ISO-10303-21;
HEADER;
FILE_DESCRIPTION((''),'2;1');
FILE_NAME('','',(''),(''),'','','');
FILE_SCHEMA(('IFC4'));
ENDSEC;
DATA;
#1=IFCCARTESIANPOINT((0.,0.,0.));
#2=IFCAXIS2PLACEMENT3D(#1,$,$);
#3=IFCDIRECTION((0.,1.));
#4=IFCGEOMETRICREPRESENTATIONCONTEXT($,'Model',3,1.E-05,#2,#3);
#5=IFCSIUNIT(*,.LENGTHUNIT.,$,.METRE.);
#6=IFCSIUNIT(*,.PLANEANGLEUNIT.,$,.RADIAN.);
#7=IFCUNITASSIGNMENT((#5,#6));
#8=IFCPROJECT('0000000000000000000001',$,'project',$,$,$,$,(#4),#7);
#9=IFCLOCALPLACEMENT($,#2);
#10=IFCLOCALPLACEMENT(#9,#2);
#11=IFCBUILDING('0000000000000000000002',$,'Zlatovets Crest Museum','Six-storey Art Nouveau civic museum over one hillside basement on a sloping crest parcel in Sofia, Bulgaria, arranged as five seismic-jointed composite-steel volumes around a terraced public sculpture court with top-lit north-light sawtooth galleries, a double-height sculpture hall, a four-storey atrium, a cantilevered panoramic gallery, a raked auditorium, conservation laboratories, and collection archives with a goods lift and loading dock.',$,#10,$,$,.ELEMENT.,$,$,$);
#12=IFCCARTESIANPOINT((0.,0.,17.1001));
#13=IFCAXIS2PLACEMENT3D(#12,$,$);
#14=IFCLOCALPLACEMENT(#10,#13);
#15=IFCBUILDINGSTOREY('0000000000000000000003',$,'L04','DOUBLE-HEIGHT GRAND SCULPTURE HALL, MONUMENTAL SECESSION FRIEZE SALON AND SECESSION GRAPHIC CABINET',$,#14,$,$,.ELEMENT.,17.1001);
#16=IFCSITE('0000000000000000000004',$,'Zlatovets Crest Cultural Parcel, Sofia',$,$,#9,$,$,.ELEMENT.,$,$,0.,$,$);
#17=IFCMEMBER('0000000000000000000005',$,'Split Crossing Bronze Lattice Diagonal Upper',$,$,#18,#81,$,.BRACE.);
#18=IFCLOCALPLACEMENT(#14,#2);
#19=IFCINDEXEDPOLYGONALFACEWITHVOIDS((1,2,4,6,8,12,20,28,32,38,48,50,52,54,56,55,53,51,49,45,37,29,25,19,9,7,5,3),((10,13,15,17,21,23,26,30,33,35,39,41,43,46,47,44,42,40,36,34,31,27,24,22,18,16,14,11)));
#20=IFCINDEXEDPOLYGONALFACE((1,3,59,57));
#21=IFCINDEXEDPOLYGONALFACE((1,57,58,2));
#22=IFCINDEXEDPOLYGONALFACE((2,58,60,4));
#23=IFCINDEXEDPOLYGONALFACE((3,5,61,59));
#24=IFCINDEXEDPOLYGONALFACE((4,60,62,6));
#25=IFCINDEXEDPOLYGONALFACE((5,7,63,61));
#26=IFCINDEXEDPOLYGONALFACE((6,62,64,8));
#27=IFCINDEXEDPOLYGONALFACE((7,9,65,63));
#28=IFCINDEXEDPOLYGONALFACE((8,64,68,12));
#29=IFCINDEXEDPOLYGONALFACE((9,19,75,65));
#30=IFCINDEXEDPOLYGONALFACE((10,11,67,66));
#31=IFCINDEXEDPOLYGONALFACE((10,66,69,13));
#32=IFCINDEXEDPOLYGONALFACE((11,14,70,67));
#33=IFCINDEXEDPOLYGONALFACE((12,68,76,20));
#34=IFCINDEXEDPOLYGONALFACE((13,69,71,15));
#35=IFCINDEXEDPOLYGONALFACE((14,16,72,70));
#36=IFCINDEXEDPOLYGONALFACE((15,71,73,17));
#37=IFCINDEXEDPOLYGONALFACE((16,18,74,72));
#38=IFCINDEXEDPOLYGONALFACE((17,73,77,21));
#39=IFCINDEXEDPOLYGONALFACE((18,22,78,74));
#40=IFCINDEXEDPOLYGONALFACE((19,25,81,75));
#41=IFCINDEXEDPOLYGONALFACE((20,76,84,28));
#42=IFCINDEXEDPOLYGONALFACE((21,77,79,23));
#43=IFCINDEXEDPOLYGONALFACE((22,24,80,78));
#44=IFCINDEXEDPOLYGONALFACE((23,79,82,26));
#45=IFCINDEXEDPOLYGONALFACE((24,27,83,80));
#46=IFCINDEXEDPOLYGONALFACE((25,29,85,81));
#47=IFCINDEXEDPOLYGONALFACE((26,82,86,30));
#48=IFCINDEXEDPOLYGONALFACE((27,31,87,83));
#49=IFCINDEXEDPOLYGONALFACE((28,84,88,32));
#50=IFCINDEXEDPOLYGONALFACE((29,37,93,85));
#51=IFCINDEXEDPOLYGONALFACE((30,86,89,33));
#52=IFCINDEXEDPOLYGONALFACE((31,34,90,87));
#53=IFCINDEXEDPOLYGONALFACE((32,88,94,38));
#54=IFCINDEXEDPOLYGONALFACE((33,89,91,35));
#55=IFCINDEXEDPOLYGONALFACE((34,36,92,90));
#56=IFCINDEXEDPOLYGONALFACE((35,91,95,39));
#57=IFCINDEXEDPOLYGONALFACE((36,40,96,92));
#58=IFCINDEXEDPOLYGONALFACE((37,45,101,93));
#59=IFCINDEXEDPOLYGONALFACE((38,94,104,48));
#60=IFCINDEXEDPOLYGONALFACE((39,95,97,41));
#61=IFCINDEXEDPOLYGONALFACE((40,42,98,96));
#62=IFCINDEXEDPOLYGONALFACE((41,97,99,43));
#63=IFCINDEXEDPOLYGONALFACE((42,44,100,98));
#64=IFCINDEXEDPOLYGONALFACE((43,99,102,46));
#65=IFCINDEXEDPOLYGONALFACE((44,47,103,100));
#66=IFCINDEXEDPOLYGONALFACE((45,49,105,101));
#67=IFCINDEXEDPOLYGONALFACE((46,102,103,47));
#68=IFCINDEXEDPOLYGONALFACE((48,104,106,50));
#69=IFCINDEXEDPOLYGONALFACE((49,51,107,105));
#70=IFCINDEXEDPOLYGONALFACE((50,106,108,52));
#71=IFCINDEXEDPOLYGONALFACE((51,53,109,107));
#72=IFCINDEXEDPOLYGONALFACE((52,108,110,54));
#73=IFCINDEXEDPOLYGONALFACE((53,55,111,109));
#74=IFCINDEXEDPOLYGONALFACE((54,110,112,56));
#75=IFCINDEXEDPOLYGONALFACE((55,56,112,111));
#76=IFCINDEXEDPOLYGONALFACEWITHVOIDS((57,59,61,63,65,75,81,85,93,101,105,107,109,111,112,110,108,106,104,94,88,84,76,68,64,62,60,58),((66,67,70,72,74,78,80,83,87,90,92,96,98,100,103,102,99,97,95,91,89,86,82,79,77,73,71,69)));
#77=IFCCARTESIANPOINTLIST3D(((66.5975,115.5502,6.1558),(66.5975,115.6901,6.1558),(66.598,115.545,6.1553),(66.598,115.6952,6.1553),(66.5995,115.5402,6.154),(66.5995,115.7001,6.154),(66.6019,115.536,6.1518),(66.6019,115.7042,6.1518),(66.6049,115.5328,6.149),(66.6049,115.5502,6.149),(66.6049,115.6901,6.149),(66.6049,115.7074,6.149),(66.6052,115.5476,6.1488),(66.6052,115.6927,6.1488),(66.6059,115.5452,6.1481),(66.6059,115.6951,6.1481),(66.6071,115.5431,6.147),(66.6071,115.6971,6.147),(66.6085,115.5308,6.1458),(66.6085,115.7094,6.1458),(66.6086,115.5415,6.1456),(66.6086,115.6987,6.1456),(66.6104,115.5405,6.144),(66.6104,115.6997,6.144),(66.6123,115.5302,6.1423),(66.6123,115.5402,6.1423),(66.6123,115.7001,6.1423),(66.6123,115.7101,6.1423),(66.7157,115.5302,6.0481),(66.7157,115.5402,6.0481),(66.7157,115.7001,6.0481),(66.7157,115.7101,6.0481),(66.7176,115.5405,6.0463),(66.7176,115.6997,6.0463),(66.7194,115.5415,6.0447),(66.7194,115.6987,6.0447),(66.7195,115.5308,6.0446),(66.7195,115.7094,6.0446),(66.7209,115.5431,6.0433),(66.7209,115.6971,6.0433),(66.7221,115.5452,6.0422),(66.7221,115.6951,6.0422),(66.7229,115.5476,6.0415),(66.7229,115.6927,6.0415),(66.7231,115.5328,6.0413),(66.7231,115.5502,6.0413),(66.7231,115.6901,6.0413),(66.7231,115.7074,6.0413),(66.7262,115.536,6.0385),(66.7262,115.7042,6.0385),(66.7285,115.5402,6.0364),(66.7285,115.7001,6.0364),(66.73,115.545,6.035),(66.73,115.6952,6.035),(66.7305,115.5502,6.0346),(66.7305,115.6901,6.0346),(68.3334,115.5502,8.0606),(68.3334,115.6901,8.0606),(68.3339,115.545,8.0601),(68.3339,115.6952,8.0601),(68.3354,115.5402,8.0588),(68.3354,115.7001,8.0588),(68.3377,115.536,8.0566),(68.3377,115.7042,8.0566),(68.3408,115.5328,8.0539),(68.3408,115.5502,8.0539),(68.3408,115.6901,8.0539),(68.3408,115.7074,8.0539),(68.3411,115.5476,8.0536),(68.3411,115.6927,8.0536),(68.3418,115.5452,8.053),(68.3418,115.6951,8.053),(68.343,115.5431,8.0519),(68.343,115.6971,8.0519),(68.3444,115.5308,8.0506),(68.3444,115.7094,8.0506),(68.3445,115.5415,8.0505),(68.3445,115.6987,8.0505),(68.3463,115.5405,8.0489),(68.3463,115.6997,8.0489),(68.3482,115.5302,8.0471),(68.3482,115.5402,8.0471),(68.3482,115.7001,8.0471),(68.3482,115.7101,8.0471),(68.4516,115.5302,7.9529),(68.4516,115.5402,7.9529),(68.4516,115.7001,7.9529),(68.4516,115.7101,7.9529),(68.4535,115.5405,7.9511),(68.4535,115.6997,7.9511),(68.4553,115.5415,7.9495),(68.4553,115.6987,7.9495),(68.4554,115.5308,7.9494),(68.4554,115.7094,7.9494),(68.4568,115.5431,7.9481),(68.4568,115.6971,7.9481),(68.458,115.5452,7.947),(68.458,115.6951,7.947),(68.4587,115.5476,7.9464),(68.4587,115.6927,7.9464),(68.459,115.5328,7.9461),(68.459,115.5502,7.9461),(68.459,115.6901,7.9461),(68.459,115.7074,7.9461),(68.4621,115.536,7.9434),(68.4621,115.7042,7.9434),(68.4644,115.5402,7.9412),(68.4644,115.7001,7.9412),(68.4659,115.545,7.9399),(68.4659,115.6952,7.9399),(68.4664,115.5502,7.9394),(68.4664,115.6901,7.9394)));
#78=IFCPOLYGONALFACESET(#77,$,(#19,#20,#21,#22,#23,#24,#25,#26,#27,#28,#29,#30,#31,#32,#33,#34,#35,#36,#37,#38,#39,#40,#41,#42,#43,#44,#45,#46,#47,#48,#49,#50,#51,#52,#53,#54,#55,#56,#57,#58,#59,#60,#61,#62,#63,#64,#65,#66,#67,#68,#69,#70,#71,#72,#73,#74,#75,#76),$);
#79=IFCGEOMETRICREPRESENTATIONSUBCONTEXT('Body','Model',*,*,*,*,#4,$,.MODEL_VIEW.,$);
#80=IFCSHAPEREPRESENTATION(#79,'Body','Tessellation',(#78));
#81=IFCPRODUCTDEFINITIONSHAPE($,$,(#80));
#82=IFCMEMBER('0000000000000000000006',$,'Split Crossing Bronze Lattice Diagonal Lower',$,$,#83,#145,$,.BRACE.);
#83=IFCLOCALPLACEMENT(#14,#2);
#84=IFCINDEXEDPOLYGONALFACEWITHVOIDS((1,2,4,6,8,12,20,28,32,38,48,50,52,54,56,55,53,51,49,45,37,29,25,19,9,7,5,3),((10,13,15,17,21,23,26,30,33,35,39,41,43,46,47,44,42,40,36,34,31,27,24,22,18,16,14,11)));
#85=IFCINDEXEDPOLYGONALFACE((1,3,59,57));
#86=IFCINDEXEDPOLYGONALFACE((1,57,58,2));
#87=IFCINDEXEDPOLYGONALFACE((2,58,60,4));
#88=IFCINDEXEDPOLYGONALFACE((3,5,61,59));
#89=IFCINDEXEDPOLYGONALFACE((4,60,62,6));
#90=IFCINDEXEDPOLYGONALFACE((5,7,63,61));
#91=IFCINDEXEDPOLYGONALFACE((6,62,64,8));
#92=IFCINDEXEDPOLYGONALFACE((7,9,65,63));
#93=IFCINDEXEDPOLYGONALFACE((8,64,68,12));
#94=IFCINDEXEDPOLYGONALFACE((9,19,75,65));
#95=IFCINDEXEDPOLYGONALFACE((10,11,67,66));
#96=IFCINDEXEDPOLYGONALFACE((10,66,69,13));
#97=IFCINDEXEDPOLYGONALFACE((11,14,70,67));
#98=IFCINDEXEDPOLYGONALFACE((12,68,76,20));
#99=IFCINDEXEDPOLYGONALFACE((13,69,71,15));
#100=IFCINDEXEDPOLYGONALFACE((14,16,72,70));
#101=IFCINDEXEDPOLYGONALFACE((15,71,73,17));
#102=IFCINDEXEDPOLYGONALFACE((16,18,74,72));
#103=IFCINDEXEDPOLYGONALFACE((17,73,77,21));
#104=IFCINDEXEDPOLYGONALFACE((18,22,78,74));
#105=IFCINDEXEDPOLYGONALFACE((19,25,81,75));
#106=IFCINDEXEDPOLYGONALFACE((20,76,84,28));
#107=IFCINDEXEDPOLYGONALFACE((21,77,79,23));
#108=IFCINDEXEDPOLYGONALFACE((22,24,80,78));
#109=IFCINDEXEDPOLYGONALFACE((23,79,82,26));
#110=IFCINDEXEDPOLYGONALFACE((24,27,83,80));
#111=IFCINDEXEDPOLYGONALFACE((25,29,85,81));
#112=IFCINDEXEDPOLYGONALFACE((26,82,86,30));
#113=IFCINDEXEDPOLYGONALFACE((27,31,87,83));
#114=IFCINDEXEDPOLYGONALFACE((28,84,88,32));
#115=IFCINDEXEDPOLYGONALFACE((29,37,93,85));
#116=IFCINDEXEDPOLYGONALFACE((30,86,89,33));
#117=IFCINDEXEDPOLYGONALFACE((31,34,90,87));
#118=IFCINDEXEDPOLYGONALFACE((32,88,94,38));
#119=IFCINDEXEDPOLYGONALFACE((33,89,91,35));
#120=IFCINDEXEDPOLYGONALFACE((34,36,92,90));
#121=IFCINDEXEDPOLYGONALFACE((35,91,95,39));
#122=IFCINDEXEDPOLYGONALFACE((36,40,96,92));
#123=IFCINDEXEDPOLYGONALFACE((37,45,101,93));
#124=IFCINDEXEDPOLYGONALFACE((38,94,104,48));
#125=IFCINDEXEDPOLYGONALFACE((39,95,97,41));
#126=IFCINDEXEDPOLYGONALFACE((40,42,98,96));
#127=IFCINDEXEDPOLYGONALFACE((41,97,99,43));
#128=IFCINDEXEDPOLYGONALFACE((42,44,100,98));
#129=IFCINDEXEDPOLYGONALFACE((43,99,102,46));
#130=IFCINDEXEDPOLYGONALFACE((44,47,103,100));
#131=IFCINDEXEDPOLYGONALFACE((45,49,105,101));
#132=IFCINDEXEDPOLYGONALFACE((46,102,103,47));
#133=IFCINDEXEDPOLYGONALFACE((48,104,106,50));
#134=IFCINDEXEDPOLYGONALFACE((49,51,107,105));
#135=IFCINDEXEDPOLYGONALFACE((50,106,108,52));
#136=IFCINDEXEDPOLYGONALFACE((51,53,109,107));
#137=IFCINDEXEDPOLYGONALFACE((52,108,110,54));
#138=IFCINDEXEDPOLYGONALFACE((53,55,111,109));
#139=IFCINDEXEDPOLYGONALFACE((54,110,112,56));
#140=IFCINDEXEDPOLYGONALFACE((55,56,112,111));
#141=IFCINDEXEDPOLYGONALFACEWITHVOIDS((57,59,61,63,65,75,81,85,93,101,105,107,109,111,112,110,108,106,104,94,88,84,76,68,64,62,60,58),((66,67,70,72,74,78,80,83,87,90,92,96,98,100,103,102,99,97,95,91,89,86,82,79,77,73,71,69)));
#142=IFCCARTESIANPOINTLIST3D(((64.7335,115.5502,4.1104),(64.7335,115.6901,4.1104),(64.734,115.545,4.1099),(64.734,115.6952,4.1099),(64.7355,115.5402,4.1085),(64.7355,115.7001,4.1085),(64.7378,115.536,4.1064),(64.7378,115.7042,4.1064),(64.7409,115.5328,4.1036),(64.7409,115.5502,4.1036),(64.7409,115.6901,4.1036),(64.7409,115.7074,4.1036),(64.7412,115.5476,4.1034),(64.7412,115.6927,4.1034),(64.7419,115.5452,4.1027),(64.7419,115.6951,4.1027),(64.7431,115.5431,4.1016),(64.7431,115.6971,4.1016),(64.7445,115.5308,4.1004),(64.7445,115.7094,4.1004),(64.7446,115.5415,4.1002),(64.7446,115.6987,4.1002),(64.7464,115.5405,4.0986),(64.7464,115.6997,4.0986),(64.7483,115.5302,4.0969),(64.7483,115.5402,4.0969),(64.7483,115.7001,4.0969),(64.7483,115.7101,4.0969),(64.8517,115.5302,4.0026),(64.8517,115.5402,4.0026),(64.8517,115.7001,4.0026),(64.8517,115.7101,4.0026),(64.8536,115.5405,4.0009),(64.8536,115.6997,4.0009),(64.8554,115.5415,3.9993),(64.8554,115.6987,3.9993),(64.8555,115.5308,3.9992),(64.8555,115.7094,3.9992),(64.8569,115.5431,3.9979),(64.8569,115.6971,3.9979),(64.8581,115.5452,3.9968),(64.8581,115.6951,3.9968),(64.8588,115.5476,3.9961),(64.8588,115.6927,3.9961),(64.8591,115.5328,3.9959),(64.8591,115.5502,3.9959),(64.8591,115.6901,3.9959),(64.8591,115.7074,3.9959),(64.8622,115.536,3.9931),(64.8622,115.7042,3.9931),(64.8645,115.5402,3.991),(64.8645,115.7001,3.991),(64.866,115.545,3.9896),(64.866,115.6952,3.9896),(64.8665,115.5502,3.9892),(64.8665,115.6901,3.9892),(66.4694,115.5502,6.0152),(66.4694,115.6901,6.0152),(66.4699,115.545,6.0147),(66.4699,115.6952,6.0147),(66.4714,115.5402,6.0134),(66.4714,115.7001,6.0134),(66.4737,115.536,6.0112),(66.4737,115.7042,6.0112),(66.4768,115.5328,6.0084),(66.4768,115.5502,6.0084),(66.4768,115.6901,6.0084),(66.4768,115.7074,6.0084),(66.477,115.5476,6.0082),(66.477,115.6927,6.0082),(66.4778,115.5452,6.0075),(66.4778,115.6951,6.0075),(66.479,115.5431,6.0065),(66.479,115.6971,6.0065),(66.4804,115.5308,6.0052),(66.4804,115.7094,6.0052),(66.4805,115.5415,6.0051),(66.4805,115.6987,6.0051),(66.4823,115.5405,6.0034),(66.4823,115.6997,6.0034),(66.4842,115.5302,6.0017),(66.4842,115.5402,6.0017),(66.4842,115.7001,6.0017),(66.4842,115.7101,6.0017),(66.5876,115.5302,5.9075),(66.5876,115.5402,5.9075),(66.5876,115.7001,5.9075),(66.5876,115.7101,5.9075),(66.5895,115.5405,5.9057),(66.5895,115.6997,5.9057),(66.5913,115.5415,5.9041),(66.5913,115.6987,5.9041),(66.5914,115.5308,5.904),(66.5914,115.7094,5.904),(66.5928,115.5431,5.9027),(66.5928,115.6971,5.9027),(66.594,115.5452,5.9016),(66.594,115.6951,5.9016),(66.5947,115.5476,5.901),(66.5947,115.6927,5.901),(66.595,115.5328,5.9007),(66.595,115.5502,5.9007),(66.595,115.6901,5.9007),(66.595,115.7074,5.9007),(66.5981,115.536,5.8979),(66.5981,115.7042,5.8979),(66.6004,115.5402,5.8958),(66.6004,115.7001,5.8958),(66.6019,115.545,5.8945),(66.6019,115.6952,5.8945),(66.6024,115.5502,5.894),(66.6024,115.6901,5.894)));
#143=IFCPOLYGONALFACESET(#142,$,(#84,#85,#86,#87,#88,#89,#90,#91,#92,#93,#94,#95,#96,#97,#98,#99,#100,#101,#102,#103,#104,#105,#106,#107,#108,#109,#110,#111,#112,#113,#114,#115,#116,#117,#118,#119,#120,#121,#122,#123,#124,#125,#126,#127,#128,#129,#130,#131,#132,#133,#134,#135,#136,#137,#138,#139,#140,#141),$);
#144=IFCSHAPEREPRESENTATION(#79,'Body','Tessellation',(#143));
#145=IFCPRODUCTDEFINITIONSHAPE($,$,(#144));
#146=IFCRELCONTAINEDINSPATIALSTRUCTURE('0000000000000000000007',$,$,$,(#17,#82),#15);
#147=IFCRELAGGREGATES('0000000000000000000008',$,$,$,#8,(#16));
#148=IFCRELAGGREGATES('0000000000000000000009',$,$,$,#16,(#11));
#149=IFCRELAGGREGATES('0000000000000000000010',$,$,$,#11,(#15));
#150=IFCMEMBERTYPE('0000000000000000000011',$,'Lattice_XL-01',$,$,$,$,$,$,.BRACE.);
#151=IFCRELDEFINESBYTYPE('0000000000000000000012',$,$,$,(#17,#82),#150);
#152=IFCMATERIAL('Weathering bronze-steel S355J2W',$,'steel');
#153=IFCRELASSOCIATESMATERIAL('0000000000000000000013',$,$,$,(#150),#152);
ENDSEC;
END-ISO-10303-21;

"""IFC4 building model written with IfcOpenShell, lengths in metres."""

from ifc_helpers import new_model, si_unit, direction, frame, origin, origin_2d, place, context, subcontext, project, spatial, hollow_rectangle, extrude, material, material_profile, profile_set, type_object, element, save


model = new_model("IFC4")

# Units and contexts
model_context = context("Model", 3, precision=1e-05, world=origin(), true_north=direction((0.0, 1.0)))
body_context = subcontext(model_context, "Body", "Model", "MODEL_VIEW")
ifc_project = project(units=[si_unit("LENGTHUNIT", "METRE"), si_unit("PLANEANGLEUNIT", "RADIAN")], contexts=[model_context])

# Site, building, storey
site_placement = place(None, origin())
site = spatial("IfcSite", under=ifc_project, at=site_placement, Name="Zlatovets Crest Cultural Parcel, Sofia", CompositionType="ELEMENT", RefElevation=0.0)
building_placement = place(site_placement, origin())
building = spatial("IfcBuilding", under=site, at=building_placement, Name="Zlatovets Crest Museum", Description="Six-storey Art Nouveau civic museum over one hillside basement on a sloping crest parcel in Sofia, Bulgaria, arranged as five seismic-jointed composite-steel volumes around a terraced public sculpture court with top-lit north-light sawtooth galleries, a double-height sculpture hall, a four-storey atrium, a cantilevered panoramic gallery, a raked auditorium, conservation laboratories, and collection archives with a goods lift and loading dock.", CompositionType="ELEMENT")
storey_placement = place(building_placement, frame((0.0, 0.0, 17.1001)))
storey = spatial("IfcBuildingStorey", under=building, at=storey_placement, Name="L04", Description="DOUBLE-HEIGHT GRAND SCULPTURE HALL, MONUMENTAL SECESSION FRIEZE SALON AND SECESSION GRAPHIC CABINET", CompositionType="ELEMENT", Elevation=17.1001)

# Members
ifc_material_1 = material(Name="Weathering bronze-steel S355J2W", Category="steel")
ifc_material_profile_1 = material_profile(ifc_material_1, hollow_rectangle(XDim=0.1799, YDim=0.1799, WallThickness=0.01, InnerFilletRadius=0.01, OuterFilletRadius=0.02, at=origin_2d()), Name="SHS 180x180x10.0")
ifc_profile_set_1 = profile_set([ifc_material_profile_1], Name="Weathering bronze-steel S355J2W")
member_type_1 = type_object("IfcMemberType", Name="Lattice_XL-01", PredefinedType="BRACE", material=ifc_profile_set_1)
for number, where, z_axis, x_axis, name in (
    (1, (68.3999, 115.6201, 8.0), (-0.673568, 0.0, -0.739125), (0.0, -1.0, 0.0), "Split Crossing Bronze Lattice Diagonal Upper"),
    (2, (66.5359, 115.6201, 5.9546), (-0.673568, 0.0, -0.739125), (0.0, -1.0, 0.0), "Split Crossing Bronze Lattice Diagonal Lower"),
):
    element("IfcMember", number, at=place(storey_placement, frame(where, z_axis=z_axis, x_axis=x_axis)), inside=storey, type_object=member_type_1, Name=name, PredefinedType="BRACE", context=body_context, shape_type="SweptSolid", body=[
        extrude(hollow_rectangle(XDim=0.1799, YDim=0.1799, WallThickness=0.01, InnerFilletRadius=0.01, OuterFilletRadius=0.02, at=origin_2d()), origin(), (0.0, 0.0, 1.0), 2.5771),
    ])

save(model, "model.ifc")
